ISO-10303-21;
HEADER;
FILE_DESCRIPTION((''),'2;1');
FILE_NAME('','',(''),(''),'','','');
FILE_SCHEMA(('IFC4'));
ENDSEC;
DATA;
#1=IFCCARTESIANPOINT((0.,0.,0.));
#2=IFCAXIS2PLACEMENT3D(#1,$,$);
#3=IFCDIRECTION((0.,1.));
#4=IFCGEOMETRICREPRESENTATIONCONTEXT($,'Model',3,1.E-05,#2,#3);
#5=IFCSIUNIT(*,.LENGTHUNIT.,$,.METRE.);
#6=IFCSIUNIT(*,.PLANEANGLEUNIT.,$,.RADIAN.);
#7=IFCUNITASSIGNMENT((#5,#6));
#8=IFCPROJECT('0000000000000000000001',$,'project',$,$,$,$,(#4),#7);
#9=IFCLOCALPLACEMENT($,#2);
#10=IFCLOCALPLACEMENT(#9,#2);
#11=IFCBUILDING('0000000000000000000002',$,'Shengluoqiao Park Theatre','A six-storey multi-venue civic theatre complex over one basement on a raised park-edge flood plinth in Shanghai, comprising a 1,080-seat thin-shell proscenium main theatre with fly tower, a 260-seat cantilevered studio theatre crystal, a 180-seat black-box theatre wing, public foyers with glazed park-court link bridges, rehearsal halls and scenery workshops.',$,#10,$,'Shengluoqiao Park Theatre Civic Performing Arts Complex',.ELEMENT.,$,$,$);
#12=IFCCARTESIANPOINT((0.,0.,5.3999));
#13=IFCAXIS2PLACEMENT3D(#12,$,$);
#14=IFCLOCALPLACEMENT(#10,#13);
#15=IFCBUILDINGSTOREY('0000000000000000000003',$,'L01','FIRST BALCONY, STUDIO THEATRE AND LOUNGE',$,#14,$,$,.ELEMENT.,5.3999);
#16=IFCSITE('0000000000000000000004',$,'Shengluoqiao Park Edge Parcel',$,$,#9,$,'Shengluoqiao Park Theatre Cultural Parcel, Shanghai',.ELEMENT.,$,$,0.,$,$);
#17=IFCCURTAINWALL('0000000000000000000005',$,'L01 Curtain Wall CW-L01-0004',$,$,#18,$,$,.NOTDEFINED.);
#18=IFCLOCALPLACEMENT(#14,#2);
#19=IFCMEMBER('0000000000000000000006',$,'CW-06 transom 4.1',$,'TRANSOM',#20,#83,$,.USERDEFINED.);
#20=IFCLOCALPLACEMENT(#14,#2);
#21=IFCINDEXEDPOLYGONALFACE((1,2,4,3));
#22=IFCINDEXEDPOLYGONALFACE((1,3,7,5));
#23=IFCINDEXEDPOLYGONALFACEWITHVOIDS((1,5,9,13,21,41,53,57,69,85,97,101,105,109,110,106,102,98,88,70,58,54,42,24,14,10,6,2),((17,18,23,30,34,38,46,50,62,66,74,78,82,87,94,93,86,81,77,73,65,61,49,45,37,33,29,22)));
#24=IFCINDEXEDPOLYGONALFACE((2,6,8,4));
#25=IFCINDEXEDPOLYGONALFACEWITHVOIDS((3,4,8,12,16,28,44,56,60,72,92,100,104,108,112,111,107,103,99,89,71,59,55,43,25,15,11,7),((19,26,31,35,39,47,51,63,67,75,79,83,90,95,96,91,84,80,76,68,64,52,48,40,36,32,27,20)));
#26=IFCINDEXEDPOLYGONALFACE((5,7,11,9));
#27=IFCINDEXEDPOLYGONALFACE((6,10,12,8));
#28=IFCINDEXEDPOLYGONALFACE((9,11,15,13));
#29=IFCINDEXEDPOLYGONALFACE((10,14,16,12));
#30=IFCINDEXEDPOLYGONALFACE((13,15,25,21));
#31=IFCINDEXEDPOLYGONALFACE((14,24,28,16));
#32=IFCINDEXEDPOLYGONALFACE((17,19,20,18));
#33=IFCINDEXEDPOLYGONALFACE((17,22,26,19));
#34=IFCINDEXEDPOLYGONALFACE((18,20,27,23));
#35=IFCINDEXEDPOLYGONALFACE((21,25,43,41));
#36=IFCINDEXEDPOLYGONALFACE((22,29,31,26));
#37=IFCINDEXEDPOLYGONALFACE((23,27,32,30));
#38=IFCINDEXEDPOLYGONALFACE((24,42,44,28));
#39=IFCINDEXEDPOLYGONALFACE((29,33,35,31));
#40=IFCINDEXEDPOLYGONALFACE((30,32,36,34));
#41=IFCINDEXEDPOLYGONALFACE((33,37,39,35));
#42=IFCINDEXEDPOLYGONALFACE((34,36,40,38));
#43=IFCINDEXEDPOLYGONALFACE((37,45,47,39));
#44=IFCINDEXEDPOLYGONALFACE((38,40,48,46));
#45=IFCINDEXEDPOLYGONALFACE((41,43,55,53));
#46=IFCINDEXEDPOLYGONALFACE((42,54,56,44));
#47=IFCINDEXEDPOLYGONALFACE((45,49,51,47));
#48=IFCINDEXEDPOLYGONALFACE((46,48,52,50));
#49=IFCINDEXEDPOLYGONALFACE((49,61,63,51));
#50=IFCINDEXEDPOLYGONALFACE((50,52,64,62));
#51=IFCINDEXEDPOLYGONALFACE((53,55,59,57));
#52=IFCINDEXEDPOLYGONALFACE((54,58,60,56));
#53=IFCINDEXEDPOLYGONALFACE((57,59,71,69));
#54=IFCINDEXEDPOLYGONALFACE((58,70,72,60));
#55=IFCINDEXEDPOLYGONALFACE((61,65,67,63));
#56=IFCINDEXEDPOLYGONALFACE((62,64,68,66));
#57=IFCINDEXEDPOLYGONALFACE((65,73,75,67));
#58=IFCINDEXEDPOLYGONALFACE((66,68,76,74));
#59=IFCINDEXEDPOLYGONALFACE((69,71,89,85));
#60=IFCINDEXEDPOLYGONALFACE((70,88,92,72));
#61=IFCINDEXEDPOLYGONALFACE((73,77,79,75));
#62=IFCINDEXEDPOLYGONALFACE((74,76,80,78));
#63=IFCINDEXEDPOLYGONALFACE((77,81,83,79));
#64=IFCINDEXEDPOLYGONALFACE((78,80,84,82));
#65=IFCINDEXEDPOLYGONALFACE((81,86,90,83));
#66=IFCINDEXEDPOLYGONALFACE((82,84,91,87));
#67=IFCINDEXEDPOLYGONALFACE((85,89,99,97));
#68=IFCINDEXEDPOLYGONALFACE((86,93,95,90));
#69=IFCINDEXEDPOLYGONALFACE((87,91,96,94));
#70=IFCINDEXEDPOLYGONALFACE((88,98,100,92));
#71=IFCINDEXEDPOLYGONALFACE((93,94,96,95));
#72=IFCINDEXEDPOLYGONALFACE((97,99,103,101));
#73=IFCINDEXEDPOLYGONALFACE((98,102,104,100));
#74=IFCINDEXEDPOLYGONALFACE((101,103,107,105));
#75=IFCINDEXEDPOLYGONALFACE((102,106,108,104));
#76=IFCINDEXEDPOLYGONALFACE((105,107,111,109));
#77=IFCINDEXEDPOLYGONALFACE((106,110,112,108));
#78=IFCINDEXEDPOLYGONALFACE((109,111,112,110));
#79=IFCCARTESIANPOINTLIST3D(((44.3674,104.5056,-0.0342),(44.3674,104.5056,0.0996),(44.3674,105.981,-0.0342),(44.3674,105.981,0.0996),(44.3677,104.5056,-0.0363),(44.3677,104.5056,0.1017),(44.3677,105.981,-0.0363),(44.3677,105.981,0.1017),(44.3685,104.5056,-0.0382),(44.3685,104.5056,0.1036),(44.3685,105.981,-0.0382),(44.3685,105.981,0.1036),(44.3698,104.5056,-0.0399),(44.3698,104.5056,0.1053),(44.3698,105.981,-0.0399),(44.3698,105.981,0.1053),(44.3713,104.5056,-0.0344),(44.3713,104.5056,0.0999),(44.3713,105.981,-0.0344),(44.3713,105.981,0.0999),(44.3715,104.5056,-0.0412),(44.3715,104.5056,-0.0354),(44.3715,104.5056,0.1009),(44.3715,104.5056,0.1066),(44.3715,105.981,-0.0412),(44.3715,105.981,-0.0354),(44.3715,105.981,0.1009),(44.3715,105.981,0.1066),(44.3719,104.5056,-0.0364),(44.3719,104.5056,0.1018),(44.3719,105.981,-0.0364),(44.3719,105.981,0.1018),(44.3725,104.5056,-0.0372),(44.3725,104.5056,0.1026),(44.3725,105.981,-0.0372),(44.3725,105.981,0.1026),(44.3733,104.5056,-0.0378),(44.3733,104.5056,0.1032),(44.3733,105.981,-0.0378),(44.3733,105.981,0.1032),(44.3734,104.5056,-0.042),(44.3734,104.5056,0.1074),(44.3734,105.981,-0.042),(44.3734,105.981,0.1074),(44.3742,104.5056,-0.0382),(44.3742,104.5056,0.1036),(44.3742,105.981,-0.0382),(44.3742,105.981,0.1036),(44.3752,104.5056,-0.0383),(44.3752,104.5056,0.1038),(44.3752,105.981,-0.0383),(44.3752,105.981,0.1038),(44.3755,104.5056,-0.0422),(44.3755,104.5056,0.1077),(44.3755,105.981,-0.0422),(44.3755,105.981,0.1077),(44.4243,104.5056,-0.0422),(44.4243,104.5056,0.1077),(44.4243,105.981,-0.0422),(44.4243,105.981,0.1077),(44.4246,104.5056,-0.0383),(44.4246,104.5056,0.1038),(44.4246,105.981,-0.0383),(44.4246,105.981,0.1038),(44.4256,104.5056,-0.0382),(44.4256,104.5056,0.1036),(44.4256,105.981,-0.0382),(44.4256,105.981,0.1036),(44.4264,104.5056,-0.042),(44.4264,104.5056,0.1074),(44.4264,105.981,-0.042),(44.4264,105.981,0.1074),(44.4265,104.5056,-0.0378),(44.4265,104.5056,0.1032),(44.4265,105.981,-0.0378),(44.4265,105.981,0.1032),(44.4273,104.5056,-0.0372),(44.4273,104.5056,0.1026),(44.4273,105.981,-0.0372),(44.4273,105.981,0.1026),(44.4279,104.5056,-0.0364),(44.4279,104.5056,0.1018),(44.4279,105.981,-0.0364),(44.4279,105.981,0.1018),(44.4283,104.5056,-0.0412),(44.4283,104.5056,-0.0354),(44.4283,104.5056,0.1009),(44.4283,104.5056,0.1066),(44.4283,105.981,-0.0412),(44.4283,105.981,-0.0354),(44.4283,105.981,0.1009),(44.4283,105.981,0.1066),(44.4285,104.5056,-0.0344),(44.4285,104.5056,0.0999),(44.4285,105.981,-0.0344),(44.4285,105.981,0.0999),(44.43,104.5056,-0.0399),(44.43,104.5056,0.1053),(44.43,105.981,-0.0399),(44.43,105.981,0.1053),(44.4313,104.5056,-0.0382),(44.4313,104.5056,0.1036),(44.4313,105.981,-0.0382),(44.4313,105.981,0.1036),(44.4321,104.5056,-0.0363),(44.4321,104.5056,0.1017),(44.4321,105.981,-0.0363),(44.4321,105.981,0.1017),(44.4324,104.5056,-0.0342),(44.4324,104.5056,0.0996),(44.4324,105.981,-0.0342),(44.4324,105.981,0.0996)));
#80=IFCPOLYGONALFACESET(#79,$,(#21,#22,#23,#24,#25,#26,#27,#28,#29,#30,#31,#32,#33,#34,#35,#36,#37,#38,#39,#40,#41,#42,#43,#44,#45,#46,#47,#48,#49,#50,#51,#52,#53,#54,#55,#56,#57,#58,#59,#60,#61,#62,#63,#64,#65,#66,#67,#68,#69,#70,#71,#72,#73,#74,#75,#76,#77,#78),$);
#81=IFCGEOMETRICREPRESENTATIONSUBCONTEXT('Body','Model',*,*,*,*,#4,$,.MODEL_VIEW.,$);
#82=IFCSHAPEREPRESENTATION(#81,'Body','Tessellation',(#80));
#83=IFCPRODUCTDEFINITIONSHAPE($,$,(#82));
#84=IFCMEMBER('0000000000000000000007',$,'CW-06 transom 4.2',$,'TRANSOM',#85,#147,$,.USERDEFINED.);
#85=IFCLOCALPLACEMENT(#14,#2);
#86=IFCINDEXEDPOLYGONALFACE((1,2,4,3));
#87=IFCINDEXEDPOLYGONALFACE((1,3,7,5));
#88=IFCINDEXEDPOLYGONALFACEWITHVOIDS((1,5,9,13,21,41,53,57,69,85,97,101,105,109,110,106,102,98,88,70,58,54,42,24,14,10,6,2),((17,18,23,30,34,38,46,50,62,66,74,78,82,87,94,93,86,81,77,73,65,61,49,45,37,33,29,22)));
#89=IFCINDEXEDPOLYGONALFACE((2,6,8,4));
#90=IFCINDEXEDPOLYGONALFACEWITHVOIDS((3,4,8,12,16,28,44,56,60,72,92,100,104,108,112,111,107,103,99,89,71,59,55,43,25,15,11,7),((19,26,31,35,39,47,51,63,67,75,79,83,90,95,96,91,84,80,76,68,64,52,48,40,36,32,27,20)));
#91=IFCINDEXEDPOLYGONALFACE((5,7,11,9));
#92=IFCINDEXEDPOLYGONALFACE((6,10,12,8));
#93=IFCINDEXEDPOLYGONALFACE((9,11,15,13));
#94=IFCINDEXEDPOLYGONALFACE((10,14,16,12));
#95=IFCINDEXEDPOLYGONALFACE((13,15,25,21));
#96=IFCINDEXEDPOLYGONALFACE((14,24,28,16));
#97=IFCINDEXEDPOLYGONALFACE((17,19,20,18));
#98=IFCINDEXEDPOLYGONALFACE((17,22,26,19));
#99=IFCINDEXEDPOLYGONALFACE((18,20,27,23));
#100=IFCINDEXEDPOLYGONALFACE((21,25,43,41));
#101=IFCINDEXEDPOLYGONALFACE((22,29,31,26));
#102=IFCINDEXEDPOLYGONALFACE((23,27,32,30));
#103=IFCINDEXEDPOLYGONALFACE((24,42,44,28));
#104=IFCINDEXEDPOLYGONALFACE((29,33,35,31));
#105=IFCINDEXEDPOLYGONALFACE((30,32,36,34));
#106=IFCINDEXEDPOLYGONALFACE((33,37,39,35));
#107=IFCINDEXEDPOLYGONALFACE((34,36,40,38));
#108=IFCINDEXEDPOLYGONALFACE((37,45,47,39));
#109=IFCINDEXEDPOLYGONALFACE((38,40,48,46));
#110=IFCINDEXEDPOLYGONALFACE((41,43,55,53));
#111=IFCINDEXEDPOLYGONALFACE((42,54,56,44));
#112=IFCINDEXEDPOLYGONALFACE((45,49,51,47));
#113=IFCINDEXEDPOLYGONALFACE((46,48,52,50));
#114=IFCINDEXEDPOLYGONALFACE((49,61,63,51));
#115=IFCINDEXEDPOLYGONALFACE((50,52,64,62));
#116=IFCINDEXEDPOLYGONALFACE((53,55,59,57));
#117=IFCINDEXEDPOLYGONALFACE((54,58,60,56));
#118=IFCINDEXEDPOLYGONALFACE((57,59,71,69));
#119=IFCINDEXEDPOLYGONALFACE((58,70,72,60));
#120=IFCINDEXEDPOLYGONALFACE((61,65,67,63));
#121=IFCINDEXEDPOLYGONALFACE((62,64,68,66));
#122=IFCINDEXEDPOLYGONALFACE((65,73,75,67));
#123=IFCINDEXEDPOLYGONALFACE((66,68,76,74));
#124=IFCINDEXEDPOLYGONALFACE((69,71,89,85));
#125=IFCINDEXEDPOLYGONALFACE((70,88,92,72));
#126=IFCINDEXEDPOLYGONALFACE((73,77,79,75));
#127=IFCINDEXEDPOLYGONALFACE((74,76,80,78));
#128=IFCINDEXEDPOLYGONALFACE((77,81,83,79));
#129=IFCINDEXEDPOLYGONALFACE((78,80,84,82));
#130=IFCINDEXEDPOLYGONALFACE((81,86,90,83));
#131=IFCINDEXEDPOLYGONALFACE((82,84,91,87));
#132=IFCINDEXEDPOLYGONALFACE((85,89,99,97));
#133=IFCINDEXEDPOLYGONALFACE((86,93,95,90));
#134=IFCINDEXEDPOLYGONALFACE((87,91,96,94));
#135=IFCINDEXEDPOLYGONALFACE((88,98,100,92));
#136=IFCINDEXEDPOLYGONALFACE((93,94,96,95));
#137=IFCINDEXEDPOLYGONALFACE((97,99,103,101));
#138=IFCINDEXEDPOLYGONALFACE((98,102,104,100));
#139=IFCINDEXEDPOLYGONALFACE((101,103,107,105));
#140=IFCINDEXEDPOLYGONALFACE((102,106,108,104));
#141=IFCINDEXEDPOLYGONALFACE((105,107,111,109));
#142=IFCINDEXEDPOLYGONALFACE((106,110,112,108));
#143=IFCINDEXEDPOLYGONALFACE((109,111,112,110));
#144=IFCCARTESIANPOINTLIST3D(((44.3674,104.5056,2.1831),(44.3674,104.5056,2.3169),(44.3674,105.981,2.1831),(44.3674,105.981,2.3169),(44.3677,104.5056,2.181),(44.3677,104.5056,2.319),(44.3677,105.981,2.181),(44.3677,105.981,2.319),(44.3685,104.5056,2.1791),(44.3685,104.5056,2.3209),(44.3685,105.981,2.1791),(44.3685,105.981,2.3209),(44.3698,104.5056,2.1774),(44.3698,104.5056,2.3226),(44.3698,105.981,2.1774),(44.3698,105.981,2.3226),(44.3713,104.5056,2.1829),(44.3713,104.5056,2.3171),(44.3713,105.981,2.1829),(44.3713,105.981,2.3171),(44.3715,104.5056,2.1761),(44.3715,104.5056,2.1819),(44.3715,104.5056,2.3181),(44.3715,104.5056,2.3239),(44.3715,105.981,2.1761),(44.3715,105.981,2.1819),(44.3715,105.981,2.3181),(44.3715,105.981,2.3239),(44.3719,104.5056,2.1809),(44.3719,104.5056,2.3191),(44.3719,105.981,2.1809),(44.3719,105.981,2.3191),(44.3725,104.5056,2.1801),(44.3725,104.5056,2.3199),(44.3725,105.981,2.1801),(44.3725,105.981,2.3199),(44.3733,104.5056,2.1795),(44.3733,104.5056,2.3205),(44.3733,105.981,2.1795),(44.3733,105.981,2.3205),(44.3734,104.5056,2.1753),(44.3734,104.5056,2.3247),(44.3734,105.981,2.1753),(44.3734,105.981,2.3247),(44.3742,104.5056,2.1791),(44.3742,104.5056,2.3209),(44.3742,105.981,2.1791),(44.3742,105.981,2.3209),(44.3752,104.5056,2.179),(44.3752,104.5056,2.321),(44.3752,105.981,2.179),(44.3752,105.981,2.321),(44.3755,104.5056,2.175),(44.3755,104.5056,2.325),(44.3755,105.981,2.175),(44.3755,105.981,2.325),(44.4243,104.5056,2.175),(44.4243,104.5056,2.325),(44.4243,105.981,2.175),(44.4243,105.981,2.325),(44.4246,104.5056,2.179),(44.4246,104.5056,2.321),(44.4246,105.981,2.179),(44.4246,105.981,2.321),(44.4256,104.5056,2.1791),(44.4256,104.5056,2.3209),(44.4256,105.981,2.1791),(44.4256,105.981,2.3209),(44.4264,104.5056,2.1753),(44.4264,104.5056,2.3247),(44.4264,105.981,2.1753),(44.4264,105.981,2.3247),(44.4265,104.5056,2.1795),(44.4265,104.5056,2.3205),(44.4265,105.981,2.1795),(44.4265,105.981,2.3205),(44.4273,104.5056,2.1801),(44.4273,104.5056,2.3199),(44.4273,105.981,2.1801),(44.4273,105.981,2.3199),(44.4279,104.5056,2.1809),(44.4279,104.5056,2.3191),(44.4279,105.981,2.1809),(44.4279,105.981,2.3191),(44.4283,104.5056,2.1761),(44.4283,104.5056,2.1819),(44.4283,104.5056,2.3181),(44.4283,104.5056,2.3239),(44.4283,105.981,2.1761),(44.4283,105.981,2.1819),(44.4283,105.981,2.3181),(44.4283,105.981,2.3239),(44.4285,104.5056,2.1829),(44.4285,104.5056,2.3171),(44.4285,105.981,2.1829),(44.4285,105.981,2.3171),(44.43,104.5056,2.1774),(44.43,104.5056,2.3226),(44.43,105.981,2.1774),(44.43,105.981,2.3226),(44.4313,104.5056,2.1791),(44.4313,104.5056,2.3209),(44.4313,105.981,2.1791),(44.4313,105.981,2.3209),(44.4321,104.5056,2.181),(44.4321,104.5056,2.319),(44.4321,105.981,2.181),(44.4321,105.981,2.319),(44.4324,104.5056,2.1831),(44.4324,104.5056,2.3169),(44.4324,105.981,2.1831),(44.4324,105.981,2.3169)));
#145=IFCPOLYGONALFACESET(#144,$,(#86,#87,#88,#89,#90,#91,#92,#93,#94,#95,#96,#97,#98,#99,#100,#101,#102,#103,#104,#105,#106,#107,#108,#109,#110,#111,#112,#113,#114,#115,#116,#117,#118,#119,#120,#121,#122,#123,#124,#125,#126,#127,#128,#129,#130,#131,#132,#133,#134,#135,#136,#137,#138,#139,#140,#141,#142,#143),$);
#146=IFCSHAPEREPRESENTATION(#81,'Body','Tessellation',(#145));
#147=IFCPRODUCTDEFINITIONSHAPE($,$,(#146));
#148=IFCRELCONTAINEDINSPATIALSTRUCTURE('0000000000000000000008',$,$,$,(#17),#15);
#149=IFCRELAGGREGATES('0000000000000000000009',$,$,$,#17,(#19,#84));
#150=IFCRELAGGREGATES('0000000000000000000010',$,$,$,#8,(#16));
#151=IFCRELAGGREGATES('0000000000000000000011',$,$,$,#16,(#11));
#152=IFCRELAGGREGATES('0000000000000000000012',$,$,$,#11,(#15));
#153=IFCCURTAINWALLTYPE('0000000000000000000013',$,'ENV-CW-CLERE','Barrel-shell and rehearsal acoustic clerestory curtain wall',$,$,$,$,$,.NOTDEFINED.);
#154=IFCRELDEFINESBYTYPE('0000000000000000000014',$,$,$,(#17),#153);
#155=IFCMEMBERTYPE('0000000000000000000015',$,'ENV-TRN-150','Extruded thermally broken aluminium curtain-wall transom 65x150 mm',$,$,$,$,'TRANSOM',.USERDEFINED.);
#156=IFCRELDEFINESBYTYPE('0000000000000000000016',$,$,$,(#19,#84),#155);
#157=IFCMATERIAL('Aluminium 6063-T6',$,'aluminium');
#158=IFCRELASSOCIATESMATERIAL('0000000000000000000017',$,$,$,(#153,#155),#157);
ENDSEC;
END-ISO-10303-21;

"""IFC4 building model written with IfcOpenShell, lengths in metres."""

from ifc_helpers import new_model, si_unit, direction, frame, origin, origin_2d, place, context, subcontext, project, spatial, hollow_rectangle, extrude, material, material_profile, profile_set, type_object, element, aggregate, save


model = new_model("IFC4")

# Units and contexts
model_context = context("Model", 3, precision=1e-05, world=origin(), true_north=direction((0.0, 1.0)))
body_context = subcontext(model_context, "Body", "Model", "MODEL_VIEW")
ifc_project = project(units=[si_unit("LENGTHUNIT", "METRE"), si_unit("PLANEANGLEUNIT", "RADIAN")], contexts=[model_context])

# Site, building, storey
site_placement = place(None, origin())
site = spatial("IfcSite", under=ifc_project, at=site_placement, Name="Shengluoqiao Park Edge Parcel", LongName="Shengluoqiao Park Theatre Cultural Parcel, Shanghai", CompositionType="ELEMENT", RefElevation=0.0)
building_placement = place(site_placement, origin())
building = spatial("IfcBuilding", under=site, at=building_placement, Name="Shengluoqiao Park Theatre", Description="A six-storey multi-venue civic theatre complex over one basement on a raised park-edge flood plinth in Shanghai, comprising a 1,080-seat thin-shell proscenium main theatre with fly tower, a 260-seat cantilevered studio theatre crystal, a 180-seat black-box theatre wing, public foyers with glazed park-court link bridges, rehearsal halls and scenery workshops.", LongName="Shengluoqiao Park Theatre Civic Performing Arts Complex", CompositionType="ELEMENT")
storey_placement = place(building_placement, frame((0.0, 0.0, 5.3999)))
storey = spatial("IfcBuildingStorey", under=building, at=storey_placement, Name="L01", Description="FIRST BALCONY, STUDIO THEATRE AND LOUNGE", CompositionType="ELEMENT", Elevation=5.3999)

# Curtain wall, members
ifc_material_1 = material(Name="Aluminium 6063-T6", Category="aluminium")
curtain_wall_type = type_object("IfcCurtainWallType", Name="ENV-CW-CLERE", Description="Barrel-shell and rehearsal acoustic clerestory curtain wall", PredefinedType="NOTDEFINED", material=ifc_material_1)
curtain_wall_placement = place(storey_placement, origin())
curtain_wall = element("IfcCurtainWall", 1, at=curtain_wall_placement, inside=storey, type_object=curtain_wall_type, Name="L01 Curtain Wall CW-L01-0004", PredefinedType="NOTDEFINED")
ifc_material_profile_1 = material_profile(ifc_material_1, hollow_rectangle(XDim=0.0649, YDim=0.1499, WallThickness=0.0039, InnerFilletRadius=0.0039, OuterFilletRadius=0.0081, at=origin_2d()), Name="ALU TRANSOM 150x65x4")
ifc_profile_set_1 = profile_set([ifc_material_profile_1], Name="Aluminium 6063-T6")
member_type_1 = type_object("IfcMemberType", Name="ENV-TRN-150", Description="Extruded thermally broken aluminium curtain-wall transom 65x150 mm", ElementType="TRANSOM", PredefinedType="USERDEFINED", material=ifc_profile_set_1)
member_1_placement = place(storey_placement, frame((44.3999, 104.5056, 0.0327), z_axis=(0.0, 1.0, 0.0), x_axis=(-1.0, 0.0, 0.0)))
member_1 = element("IfcMember", 2, at=member_1_placement, type_object=member_type_1, Name="CW-06 transom 4.1", ObjectType="TRANSOM", PredefinedType="USERDEFINED", context=body_context, shape_type="SweptSolid", body=[
    extrude(hollow_rectangle(XDim=0.0649, YDim=0.1499, WallThickness=0.0039, InnerFilletRadius=0.0039, OuterFilletRadius=0.0081, at=origin_2d()), origin(), (0.0, 0.0, 1.0), 1.4753),
])
member_2_placement = place(storey_placement, frame((44.3999, 104.5056, 2.25), z_axis=(0.0, 1.0, 0.0), x_axis=(-1.0, 0.0, 0.0)))
member_2 = element("IfcMember", 3, at=member_2_placement, type_object=member_type_1, Name="CW-06 transom 4.2", ObjectType="TRANSOM", PredefinedType="USERDEFINED", context=body_context, shape_type="SweptSolid", body=[
    extrude(hollow_rectangle(XDim=0.0649, YDim=0.1499, WallThickness=0.0039, InnerFilletRadius=0.0039, OuterFilletRadius=0.0081, at=origin_2d()), origin(), (0.0, 0.0, 1.0), 1.4753),
])

aggregate(curtain_wall, [member_1, member_2])

save(model, "model.ifc")
